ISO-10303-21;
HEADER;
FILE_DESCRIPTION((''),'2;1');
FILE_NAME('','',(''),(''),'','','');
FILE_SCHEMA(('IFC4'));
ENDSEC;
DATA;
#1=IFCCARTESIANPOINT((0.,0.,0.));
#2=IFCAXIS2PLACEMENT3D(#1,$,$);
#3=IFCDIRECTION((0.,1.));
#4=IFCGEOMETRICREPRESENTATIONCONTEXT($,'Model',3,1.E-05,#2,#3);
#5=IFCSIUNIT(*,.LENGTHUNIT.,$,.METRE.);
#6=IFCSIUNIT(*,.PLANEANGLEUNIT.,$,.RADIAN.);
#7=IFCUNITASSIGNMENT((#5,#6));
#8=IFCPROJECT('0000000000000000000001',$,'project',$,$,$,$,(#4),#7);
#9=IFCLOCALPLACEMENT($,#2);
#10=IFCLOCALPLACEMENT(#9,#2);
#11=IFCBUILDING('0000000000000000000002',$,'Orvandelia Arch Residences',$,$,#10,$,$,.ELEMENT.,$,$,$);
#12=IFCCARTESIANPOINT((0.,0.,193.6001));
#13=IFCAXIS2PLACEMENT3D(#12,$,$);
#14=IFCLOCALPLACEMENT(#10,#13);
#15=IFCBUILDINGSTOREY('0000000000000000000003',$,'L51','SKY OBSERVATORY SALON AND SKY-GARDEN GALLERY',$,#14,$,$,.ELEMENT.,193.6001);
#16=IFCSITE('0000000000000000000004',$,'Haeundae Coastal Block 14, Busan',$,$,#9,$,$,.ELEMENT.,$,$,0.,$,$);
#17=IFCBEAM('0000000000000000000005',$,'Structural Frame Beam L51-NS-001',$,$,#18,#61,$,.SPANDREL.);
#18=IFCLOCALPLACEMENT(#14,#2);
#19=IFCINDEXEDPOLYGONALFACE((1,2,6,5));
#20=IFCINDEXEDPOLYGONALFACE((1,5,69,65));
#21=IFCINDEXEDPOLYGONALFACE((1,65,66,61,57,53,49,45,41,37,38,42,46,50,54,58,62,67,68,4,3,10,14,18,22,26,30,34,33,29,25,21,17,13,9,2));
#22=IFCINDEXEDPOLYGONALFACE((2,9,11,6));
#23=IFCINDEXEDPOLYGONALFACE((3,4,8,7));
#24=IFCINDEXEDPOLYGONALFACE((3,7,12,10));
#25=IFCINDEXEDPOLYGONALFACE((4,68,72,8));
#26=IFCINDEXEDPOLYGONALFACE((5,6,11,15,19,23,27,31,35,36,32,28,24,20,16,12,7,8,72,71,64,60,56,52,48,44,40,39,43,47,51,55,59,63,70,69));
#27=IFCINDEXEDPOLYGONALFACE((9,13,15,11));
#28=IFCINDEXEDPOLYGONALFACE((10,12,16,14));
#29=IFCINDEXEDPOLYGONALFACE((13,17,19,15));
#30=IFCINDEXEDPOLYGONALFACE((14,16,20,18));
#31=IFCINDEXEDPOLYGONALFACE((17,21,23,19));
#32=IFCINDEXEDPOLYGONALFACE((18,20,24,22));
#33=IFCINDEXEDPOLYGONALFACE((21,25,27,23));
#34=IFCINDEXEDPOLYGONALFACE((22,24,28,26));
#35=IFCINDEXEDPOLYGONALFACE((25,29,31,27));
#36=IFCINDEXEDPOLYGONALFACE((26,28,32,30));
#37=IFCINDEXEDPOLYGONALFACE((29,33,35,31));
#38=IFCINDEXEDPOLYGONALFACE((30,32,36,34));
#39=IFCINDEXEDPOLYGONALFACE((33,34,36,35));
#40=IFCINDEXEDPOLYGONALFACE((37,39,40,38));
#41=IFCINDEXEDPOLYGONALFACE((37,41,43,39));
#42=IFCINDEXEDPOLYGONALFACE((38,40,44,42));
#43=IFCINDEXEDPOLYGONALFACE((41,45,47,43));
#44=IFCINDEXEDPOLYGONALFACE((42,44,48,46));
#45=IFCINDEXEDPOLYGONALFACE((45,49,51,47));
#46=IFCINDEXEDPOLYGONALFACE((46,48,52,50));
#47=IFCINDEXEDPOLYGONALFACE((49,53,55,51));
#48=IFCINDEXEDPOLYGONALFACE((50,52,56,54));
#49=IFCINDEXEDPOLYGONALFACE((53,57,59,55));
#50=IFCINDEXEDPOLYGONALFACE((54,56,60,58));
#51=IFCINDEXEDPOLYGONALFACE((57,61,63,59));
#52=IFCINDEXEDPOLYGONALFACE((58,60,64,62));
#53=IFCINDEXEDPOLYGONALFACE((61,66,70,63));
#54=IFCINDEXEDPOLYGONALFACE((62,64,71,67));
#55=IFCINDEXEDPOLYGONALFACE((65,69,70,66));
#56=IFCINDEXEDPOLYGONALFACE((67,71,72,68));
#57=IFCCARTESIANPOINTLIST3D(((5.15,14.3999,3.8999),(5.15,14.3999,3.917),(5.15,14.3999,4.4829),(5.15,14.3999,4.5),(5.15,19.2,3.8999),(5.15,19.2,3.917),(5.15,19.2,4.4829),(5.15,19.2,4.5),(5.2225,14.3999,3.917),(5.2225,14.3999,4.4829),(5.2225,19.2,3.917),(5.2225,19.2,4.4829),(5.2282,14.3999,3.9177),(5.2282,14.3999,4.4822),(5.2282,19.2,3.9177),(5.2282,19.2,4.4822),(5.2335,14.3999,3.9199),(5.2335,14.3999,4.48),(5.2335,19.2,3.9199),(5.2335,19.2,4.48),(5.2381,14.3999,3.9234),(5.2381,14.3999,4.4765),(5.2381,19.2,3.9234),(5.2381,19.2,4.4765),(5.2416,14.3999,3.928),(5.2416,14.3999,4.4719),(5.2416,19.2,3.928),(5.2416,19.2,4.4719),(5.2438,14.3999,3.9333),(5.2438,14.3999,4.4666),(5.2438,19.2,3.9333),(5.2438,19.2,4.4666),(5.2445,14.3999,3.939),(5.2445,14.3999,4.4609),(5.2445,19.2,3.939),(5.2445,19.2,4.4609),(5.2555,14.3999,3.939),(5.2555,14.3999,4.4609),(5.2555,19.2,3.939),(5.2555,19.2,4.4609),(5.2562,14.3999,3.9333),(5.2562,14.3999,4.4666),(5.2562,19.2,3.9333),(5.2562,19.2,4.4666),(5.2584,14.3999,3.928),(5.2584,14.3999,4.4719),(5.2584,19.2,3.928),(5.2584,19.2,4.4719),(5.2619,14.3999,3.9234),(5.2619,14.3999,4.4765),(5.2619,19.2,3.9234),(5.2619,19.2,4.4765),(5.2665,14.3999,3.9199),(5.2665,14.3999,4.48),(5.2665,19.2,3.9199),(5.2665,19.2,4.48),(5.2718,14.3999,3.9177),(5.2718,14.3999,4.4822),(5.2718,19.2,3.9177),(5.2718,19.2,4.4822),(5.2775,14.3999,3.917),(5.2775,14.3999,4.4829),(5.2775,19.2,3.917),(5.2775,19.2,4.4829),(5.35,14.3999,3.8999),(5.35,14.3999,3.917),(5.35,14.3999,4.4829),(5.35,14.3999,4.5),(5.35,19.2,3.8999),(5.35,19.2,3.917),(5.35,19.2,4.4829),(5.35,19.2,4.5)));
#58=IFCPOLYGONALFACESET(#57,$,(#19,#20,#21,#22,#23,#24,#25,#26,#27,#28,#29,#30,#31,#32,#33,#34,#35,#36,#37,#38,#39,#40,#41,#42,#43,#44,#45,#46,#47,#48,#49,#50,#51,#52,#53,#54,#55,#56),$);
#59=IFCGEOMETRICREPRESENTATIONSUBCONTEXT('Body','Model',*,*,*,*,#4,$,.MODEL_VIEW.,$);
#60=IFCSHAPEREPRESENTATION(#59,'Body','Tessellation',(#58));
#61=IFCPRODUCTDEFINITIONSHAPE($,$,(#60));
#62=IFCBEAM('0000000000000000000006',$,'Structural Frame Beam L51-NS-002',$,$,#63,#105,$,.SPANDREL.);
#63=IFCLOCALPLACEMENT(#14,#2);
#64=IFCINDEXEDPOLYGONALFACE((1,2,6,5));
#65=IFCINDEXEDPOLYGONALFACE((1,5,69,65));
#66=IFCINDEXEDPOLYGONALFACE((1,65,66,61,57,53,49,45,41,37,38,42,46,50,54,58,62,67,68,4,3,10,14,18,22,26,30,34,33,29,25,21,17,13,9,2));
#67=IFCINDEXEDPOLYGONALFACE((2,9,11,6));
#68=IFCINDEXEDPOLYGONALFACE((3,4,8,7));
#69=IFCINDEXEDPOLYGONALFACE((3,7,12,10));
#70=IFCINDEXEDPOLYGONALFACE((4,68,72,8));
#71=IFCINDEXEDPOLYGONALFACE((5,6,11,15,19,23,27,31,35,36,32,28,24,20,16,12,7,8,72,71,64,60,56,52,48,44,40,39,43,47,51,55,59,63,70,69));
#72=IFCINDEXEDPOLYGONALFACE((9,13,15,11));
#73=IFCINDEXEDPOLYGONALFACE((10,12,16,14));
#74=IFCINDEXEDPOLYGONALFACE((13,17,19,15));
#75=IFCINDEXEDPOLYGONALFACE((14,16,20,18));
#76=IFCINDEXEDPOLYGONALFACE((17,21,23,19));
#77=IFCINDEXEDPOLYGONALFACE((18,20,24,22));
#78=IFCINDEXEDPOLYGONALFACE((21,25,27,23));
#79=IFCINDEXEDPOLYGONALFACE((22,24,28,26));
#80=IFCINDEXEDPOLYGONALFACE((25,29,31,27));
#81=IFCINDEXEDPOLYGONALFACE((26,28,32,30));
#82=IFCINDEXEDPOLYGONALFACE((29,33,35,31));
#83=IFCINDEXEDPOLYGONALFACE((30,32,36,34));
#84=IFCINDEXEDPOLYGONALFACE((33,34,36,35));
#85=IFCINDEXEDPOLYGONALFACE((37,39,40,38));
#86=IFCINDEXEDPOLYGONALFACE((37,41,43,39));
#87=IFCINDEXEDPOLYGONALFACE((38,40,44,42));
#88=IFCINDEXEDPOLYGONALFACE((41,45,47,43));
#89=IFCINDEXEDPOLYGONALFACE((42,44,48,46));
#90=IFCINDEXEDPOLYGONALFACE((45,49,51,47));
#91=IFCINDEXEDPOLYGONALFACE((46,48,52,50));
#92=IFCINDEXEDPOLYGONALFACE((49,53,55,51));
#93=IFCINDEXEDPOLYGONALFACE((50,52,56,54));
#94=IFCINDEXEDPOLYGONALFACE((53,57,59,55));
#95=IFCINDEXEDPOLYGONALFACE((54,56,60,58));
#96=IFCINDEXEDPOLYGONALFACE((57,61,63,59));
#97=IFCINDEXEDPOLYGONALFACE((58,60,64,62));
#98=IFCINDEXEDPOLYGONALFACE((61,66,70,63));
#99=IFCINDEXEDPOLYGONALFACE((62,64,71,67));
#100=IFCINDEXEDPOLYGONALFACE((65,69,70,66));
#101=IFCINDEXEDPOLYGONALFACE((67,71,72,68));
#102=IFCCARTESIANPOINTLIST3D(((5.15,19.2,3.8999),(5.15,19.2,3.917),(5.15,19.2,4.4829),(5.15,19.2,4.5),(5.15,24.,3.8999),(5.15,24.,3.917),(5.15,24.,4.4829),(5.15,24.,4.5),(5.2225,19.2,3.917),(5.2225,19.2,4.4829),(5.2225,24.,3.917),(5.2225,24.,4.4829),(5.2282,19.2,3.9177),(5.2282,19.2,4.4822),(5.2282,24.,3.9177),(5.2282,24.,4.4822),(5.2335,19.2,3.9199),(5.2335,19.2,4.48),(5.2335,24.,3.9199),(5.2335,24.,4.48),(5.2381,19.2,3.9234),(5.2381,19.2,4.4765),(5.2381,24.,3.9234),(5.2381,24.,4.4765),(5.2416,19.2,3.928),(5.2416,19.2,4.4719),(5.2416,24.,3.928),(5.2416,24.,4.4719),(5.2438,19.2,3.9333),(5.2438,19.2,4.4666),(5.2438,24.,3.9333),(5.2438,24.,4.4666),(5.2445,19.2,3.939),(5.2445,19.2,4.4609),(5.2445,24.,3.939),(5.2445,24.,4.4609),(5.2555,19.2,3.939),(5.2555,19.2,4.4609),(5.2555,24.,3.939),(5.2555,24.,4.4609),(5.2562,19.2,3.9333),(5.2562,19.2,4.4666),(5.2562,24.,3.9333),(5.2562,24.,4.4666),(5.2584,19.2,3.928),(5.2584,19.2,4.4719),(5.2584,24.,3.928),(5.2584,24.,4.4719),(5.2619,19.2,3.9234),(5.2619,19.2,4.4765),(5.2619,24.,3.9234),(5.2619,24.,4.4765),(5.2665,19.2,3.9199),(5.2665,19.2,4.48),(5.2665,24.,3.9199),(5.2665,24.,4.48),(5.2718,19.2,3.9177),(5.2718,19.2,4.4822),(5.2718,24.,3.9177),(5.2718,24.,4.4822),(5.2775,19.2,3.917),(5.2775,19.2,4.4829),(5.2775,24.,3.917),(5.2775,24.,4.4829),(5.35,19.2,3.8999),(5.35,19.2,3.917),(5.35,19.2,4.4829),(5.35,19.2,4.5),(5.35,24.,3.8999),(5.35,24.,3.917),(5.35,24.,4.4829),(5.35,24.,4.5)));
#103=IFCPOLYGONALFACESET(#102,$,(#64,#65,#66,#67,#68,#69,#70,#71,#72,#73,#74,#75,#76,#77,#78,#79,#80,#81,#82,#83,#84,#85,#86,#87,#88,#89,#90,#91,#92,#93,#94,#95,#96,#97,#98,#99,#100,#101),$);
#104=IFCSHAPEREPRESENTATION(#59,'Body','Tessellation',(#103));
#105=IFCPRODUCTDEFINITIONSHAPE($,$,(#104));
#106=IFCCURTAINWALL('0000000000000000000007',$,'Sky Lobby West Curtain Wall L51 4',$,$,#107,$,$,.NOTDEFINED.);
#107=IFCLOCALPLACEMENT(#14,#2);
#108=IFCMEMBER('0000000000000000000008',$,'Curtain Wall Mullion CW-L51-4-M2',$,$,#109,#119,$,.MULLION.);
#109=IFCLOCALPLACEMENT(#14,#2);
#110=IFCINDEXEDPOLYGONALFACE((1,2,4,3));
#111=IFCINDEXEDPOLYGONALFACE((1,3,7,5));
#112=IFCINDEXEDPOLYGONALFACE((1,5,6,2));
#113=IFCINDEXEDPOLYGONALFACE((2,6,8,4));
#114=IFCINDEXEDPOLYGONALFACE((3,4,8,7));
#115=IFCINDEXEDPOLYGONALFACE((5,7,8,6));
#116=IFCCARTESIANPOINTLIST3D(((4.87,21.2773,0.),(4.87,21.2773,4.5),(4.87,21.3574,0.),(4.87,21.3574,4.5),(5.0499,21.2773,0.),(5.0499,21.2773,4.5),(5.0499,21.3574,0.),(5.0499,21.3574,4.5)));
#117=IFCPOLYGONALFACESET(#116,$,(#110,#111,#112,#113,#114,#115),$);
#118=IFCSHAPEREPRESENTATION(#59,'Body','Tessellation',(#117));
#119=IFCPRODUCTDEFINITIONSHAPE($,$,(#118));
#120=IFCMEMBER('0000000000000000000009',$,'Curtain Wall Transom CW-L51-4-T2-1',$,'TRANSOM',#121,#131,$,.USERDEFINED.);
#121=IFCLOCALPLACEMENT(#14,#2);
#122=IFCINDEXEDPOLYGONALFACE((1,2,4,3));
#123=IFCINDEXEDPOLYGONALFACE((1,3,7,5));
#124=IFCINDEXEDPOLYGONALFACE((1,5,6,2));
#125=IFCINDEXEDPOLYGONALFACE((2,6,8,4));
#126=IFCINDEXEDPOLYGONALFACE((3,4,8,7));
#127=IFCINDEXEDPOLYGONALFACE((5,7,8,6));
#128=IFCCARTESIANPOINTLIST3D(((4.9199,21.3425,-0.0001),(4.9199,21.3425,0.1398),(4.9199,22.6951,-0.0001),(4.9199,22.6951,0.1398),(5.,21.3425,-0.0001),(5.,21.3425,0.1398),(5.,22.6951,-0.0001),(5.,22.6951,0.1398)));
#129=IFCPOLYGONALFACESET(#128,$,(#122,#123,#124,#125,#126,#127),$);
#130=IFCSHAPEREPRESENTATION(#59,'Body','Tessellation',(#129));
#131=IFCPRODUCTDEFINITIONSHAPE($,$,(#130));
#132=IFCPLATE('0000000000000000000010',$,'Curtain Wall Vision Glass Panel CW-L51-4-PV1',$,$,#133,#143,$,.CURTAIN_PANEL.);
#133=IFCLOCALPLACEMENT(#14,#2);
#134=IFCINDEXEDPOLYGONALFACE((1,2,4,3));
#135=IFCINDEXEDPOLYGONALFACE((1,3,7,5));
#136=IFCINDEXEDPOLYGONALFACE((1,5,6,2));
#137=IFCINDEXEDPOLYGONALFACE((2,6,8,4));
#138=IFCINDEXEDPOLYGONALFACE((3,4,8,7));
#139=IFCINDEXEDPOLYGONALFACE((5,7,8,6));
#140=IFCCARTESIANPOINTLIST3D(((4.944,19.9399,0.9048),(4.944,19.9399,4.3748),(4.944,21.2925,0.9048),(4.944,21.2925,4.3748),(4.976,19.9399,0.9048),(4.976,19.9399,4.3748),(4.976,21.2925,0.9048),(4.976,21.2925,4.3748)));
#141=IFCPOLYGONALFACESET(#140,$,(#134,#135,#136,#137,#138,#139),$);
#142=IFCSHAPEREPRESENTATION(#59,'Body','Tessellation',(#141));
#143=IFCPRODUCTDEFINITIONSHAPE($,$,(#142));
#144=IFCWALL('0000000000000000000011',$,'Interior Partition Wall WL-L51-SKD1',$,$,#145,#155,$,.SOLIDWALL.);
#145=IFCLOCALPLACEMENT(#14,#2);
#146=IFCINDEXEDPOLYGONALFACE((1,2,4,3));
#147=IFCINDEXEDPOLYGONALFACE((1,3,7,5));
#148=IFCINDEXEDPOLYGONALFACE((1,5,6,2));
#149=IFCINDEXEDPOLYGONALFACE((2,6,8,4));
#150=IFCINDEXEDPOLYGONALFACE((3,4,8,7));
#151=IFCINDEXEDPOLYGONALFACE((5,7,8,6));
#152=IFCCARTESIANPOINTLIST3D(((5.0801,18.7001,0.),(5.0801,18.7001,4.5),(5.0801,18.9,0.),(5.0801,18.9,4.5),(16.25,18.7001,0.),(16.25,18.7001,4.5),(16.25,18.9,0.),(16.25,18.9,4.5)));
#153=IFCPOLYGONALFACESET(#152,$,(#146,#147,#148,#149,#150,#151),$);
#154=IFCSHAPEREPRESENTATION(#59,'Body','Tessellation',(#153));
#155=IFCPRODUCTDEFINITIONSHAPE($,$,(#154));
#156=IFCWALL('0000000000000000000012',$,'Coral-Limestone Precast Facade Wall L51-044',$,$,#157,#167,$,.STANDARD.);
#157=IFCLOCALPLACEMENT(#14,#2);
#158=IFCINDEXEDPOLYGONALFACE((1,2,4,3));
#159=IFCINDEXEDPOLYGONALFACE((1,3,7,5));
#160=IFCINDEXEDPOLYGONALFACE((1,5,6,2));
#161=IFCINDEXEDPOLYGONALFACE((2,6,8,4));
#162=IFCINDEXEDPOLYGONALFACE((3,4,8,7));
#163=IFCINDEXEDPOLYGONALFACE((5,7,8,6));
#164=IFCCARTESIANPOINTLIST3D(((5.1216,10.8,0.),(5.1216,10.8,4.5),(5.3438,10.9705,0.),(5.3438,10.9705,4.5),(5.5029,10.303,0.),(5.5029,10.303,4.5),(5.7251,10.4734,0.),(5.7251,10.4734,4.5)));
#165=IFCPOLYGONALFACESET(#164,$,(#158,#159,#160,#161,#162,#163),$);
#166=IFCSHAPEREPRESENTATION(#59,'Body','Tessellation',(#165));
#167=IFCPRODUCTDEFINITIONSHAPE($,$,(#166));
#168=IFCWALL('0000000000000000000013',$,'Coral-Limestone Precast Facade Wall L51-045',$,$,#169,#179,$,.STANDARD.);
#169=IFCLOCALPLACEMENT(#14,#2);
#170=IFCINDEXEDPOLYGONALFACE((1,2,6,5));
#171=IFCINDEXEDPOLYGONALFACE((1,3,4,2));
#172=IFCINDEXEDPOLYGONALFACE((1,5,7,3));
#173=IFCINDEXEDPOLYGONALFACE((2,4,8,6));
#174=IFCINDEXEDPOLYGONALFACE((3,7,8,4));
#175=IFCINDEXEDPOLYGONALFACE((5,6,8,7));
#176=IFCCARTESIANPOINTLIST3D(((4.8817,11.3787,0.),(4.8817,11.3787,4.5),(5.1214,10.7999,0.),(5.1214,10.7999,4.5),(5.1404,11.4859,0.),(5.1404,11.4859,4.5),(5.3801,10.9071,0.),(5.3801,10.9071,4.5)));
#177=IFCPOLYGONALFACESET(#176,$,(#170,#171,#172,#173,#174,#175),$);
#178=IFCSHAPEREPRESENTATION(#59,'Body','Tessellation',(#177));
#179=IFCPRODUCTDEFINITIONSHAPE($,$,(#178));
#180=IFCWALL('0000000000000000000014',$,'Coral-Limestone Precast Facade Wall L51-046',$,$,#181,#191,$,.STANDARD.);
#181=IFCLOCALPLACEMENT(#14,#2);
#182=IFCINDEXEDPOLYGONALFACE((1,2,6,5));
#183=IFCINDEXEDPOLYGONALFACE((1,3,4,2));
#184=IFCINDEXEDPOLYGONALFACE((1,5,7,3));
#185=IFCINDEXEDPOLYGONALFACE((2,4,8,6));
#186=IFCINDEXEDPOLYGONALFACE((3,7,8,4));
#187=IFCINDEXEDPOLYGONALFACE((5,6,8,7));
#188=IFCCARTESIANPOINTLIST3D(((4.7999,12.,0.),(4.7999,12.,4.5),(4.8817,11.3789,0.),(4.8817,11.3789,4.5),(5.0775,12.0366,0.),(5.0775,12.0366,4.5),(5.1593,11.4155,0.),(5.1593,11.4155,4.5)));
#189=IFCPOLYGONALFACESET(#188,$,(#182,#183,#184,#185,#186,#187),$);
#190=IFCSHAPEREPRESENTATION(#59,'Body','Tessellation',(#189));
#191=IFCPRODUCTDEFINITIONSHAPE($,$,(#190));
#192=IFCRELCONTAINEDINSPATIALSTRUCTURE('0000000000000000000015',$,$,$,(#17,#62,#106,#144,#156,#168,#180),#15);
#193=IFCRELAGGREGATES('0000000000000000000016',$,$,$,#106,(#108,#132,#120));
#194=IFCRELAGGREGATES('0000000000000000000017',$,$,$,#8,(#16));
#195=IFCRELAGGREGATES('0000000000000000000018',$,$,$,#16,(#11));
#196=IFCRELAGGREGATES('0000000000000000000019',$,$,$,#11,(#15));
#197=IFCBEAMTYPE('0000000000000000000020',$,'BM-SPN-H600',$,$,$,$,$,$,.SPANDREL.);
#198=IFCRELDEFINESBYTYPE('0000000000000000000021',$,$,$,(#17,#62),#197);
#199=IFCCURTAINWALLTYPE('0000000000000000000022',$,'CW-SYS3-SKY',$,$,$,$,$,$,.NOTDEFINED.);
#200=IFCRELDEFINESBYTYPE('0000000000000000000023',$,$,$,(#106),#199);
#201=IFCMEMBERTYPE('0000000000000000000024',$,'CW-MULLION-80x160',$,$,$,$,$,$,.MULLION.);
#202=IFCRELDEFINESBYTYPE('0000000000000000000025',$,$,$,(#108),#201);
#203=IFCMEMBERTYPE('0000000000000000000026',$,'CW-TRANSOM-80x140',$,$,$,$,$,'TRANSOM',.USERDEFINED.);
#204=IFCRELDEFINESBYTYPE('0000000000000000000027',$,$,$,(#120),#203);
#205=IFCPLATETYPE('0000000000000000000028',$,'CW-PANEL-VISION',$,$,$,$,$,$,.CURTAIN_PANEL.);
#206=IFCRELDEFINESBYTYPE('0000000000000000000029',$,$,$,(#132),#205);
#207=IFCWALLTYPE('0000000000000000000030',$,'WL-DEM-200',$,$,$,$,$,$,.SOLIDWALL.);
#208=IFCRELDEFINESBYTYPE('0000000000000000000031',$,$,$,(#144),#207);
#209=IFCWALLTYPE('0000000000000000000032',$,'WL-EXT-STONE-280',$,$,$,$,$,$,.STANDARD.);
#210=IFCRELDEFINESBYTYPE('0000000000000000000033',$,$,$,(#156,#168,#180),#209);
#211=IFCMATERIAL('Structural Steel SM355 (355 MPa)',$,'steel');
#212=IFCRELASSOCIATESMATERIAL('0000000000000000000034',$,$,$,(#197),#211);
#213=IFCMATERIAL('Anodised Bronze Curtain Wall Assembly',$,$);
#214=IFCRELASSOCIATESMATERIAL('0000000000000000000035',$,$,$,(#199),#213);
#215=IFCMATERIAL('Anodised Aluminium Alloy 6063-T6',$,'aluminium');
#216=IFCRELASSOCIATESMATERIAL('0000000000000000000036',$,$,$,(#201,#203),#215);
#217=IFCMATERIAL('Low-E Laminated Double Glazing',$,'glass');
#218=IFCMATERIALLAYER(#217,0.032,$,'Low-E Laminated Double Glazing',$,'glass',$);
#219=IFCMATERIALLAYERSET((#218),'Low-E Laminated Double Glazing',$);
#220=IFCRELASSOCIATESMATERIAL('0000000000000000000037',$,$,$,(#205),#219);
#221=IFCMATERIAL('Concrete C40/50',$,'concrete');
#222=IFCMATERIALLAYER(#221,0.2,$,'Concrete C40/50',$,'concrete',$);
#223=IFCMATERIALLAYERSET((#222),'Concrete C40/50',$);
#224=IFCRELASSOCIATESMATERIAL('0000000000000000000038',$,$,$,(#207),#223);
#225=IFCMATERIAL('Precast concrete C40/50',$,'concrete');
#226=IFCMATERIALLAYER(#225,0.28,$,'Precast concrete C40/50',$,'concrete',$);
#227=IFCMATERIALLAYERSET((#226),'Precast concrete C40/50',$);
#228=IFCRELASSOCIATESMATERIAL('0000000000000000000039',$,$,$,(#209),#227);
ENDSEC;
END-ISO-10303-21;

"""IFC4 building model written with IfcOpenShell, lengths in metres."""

from ifc_helpers import new_model, si_unit, direction, frame, frame_2d, origin, origin_2d, place, context, subcontext, project, spatial, rectangle, i_section, extrude, material, layer, layer_set, material_profile, profile_set, type_object, element, aggregate, save


model = new_model("IFC4")

# Units and contexts
model_context = context("Model", 3, precision=1e-05, world=origin(), true_north=direction((0.0, 1.0)))
body_context = subcontext(model_context, "Body", "Model", "MODEL_VIEW")
ifc_project = project(units=[si_unit("LENGTHUNIT", "METRE"), si_unit("PLANEANGLEUNIT", "RADIAN")], contexts=[model_context])

# Site, building, storey
site_placement = place(None, origin())
site = spatial("IfcSite", under=ifc_project, at=site_placement, Name="Haeundae Coastal Block 14, Busan", CompositionType="ELEMENT", RefElevation=0.0)
building_placement = place(site_placement, origin())
building = spatial("IfcBuilding", under=site, at=building_placement, Name="Orvandelia Arch Residences", CompositionType="ELEMENT")
storey_placement = place(building_placement, frame((0.0, 0.0, 193.6001)))
storey = spatial("IfcBuildingStorey", under=building, at=storey_placement, Name="L51", Description="SKY OBSERVATORY SALON AND SKY-GARDEN GALLERY", CompositionType="ELEMENT", Elevation=193.6001)

# Beams
ifc_material_1 = material(Name="Structural Steel SM355 (355 MPa)", Category="steel")
ifc_material_profile_1 = material_profile(ifc_material_1, i_section(OverallWidth=0.2, OverallDepth=0.6001, WebThickness=0.011, FlangeThickness=0.0171, FilletRadius=0.022, at=origin_2d()), Name="Structural Steel SM355 (355 MPa)", Category="steel")
ifc_profile_set_1 = profile_set([ifc_material_profile_1], Name="Structural Steel SM355 (355 MPa)")
beam_type_1 = type_object("IfcBeamType", Name="BM-SPN-H600", PredefinedType="SPANDREL", material=ifc_profile_set_1)
for number, where, z_axis, x_axis, name in (
    (1, (5.25, 14.3999, 4.2), (0.0, 1.0, 0.0), (-1.0, 0.0, 0.0), "Structural Frame Beam L51-NS-001"),
    (2, (5.25, 19.2, 4.2), (0.0, 1.0, 0.0), (-1.0, 0.0, 0.0), "Structural Frame Beam L51-NS-002"),
):
    element("IfcBeam", number, at=place(storey_placement, frame(where, z_axis=z_axis, x_axis=x_axis)), inside=storey, type_object=beam_type_1, Name=name, PredefinedType="SPANDREL", context=body_context, shape_type="SweptSolid", body=[
        extrude(i_section(OverallWidth=0.2, OverallDepth=0.6001, WebThickness=0.011, FlangeThickness=0.0171, FilletRadius=0.022, at=origin_2d()), origin(), (0.0, 0.0, 1.0), 4.8),
    ])

# Curtain wall, members, plate
ifc_material_2 = material(Name="Anodised Bronze Curtain Wall Assembly")
curtain_wall_type = type_object("IfcCurtainWallType", Name="CW-SYS3-SKY", PredefinedType="NOTDEFINED", material=ifc_material_2)
curtain_wall_placement = place(storey_placement, origin())
curtain_wall = element("IfcCurtainWall", 3, at=curtain_wall_placement, inside=storey, type_object=curtain_wall_type, Name="Sky Lobby West Curtain Wall L51 4", PredefinedType="NOTDEFINED")
ifc_material_3 = material(Name="Anodised Aluminium Alloy 6063-T6", Category="aluminium")
ifc_material_profile_2 = material_profile(ifc_material_3, rectangle(XDim=0.0801, YDim=0.1799, at=origin_2d()), Name="Anodised Aluminium Alloy 6063-T6", Category="aluminium")
ifc_profile_set_2 = profile_set([ifc_material_profile_2], Name="Anodised Aluminium Alloy 6063-T6")
member_type_1 = type_object("IfcMemberType", Name="CW-MULLION-80x160", PredefinedType="MULLION", material=ifc_profile_set_2)
member_1_placement = place(storey_placement, frame((4.96, 21.3174, 0.0), z_axis=(0.0, 0.0, 1.0), x_axis=(0.0, 1.0, 0.0)))
member_1 = element("IfcMember", 4, at=member_1_placement, type_object=member_type_1, Name="Curtain Wall Mullion CW-L51-4-M2", PredefinedType="MULLION", context=body_context, shape_type="SweptSolid", body=[
    extrude(rectangle(XDim=0.0801, YDim=0.1799, at=origin_2d()), origin(), (0.0, 0.0, 1.0), 4.5),
])
ifc_material_profile_3 = material_profile(ifc_material_3, rectangle(XDim=0.0801, YDim=0.1399, at=origin_2d()), Name="Anodised Aluminium Alloy 6063-T6", Category="aluminium")
ifc_profile_set_3 = profile_set([ifc_material_profile_3], Name="Anodised Aluminium Alloy 6063-T6")
member_type_2 = type_object("IfcMemberType", Name="CW-TRANSOM-80x140", ElementType="TRANSOM", PredefinedType="USERDEFINED", material=ifc_profile_set_3)
member_2_placement = place(storey_placement, frame((4.96, 21.3425, 0.0698), z_axis=(0.0, 1.0, 0.0), x_axis=(-1.0, 0.0, 0.0)))
member_2 = element("IfcMember", 5, at=member_2_placement, type_object=member_type_2, Name="Curtain Wall Transom CW-L51-4-T2-1", ObjectType="TRANSOM", PredefinedType="USERDEFINED", context=body_context, shape_type="SweptSolid", body=[
    extrude(rectangle(XDim=0.0801, YDim=0.1399, at=origin_2d()), origin(), (0.0, 0.0, 1.0), 1.3525),
])
ifc_material_4 = material(Name="Low-E Laminated Double Glazing", Category="glass")
ifc_layer_1 = layer(ifc_material_4, 0.032, Name="Low-E Laminated Double Glazing", Category="glass")
ifc_layer_set_1 = layer_set([ifc_layer_1], Name="Low-E Laminated Double Glazing")
plate_type = type_object("IfcPlateType", Name="CW-PANEL-VISION", PredefinedType="CURTAIN_PANEL", material=ifc_layer_set_1)
plate_placement = place(storey_placement, frame((4.96, 20.6162, 0.9048), z_axis=(0.0, 0.0, 1.0), x_axis=(0.0, 1.0, 0.0)))
plate = element("IfcPlate", 6, at=plate_placement, type_object=plate_type, Name="Curtain Wall Vision Glass Panel CW-L51-4-PV1", PredefinedType="CURTAIN_PANEL", context=body_context, shape_type="SweptSolid", body=[
    extrude(rectangle(XDim=1.3525, YDim=0.032, at=origin_2d()), origin(), (0.0, 0.0, 1.0), 3.47),
])
aggregate(curtain_wall, [member_1, plate, member_2])

# Walls
ifc_material_5 = material(Name="Concrete C40/50", Category="concrete")
ifc_layer_2 = layer(ifc_material_5, 0.2, Name="Concrete C40/50", Category="concrete")
ifc_layer_set_2 = layer_set([ifc_layer_2], Name="Concrete C40/50")
wall_type_1 = type_object("IfcWallType", Name="WL-DEM-200", PredefinedType="SOLIDWALL", material=ifc_layer_set_2)
wall_1_placement = place(storey_placement, frame((5.0801, 18.8, 0.0), z_axis=(0.0, 0.0, 1.0), x_axis=(1.0, 0.0, 0.0)))
element("IfcWall", 7, at=wall_1_placement, inside=storey, type_object=wall_type_1, Name="Interior Partition Wall WL-L51-SKD1", PredefinedType="SOLIDWALL", context=body_context, shape_type="SweptSolid", body=[
    extrude(rectangle(XDim=11.1699, YDim=0.2, at=frame_2d((5.585, 0.0))), origin(), (0.0, 0.0, 1.0), 4.5),
])
ifc_material_6 = material(Name="Precast concrete C40/50", Category="concrete")
ifc_layer_3 = layer(ifc_material_6, 0.28, Name="Precast concrete C40/50", Category="concrete")
ifc_layer_set_3 = layer_set([ifc_layer_3], Name="Precast concrete C40/50")
wall_type_2 = type_object("IfcWallType", Name="WL-EXT-STONE-280", PredefinedType="STANDARD", material=ifc_layer_set_3)
for number, where, z_axis, x_axis, name in (
    (8, (5.614, 10.3882, 0.0), (0.0, 0.0, 1.0), (-0.608693, 0.793406, 0.0), "Coral-Limestone Precast Facade Wall L51-044"),
    (9, (5.2507, 10.8535, 0.0), (0.0, 0.0, 1.0), (-0.38265, 0.923893, 0.0), "Coral-Limestone Precast Facade Wall L51-045"),
    (10, (5.0205, 11.3972, 0.0), (0.0, 0.0, 1.0), (-0.130555, 0.991441, 0.0), "Coral-Limestone Precast Facade Wall L51-046"),
):
    element("IfcWall", number, at=place(storey_placement, frame(where, z_axis=z_axis, x_axis=x_axis)), inside=storey, type_object=wall_type_2, Name=name, PredefinedType="STANDARD", context=body_context, shape_type="SweptSolid", body=[
        extrude(rectangle(XDim=0.6265, YDim=0.28, at=frame_2d((0.3132, 0.0))), origin(), (0.0, 0.0, 1.0), 4.5),
    ])

save(model, "model.ifc")
